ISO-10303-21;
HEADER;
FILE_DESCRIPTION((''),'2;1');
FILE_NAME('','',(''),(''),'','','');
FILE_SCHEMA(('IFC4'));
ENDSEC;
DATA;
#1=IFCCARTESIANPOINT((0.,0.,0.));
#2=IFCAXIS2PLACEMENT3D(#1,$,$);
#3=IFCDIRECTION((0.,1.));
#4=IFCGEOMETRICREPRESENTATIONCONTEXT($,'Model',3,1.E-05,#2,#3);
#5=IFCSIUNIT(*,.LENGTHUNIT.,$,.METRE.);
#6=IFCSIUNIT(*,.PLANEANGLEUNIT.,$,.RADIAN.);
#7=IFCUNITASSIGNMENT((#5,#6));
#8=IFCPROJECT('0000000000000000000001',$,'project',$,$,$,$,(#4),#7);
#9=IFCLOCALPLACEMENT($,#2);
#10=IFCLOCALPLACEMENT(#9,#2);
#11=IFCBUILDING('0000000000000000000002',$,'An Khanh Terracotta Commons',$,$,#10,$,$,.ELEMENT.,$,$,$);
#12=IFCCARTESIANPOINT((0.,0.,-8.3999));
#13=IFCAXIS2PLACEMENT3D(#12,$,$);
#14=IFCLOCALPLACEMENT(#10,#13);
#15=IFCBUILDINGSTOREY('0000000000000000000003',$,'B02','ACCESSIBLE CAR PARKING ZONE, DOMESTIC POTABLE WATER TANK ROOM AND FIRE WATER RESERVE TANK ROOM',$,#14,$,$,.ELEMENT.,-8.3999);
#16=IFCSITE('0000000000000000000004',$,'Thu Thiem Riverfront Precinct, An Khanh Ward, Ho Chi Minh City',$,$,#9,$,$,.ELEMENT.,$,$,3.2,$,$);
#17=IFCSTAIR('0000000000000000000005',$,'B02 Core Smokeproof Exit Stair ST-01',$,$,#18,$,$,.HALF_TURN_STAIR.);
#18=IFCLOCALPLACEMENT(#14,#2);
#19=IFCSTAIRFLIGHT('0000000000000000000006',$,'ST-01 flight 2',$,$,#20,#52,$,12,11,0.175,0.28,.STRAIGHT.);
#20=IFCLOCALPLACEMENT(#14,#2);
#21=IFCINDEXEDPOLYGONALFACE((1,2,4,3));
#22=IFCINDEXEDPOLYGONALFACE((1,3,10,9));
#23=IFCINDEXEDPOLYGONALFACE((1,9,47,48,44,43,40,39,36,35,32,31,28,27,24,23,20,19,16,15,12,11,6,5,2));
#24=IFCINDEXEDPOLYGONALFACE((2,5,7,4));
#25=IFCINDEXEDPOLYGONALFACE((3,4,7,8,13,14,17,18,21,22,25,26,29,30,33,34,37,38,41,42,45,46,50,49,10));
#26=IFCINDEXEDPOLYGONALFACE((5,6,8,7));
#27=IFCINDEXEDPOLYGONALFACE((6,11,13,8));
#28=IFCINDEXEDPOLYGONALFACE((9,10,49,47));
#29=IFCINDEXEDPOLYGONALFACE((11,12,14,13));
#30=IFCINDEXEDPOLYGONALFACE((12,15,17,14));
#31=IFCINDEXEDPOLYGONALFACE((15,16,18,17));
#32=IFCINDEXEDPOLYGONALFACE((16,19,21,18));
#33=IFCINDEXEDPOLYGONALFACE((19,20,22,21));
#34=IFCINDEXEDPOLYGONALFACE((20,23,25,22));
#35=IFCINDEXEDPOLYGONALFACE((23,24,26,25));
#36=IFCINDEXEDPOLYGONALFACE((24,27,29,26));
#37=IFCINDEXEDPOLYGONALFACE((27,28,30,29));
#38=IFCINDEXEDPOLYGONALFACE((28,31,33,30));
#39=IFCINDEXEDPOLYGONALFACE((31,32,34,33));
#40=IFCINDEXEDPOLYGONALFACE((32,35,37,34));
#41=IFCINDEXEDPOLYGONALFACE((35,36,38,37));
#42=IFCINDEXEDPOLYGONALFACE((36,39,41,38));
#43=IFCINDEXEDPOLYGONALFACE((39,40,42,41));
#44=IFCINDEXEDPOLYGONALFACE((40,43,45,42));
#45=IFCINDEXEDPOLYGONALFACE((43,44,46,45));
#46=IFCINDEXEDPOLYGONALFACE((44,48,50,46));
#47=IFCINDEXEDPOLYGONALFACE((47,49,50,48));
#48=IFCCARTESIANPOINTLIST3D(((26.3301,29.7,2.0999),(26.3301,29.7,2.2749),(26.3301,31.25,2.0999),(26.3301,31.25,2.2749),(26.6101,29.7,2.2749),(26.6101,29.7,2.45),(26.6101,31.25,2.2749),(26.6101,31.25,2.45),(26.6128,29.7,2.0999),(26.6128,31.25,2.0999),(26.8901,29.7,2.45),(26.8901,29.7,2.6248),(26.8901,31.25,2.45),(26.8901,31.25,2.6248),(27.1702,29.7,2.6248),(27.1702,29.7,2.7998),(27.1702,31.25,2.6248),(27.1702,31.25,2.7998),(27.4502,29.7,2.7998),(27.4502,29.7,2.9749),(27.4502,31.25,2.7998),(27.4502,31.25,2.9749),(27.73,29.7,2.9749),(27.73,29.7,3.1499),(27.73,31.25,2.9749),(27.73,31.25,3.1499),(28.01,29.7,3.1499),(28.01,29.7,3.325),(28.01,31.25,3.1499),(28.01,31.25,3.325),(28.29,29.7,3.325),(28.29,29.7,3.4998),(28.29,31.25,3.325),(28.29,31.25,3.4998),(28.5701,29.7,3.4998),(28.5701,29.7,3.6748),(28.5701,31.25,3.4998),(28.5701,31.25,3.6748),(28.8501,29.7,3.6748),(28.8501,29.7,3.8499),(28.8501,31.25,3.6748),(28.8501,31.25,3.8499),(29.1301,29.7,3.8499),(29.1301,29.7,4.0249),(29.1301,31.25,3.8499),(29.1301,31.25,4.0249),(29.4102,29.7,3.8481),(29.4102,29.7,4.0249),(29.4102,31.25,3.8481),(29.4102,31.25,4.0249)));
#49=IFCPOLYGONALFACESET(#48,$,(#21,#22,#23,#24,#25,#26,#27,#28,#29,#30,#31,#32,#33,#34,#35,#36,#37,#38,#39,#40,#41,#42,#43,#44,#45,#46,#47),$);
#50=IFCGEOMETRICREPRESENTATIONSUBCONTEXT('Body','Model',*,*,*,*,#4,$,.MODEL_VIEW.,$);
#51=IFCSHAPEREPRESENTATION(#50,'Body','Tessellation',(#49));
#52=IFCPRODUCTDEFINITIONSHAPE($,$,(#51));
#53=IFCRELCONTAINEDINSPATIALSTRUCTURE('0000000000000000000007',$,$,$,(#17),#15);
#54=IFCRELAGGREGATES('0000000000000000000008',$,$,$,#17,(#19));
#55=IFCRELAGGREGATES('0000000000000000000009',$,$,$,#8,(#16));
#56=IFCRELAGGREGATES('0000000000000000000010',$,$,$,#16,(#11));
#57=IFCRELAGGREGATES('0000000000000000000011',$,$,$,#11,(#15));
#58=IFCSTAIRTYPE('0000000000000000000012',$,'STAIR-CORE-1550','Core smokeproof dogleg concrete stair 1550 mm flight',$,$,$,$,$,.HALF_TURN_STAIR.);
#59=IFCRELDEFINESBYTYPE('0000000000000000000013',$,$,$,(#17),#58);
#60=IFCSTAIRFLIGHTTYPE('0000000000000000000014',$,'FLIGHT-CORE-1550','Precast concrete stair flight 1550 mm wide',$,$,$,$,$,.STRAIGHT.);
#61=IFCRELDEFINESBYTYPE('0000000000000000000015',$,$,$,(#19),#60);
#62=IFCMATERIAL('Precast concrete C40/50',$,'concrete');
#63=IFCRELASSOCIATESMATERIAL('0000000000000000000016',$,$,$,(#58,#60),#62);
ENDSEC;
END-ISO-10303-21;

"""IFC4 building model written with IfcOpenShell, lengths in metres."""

from ifc_helpers import new_model, si_unit, direction, frame, origin, place, context, subcontext, project, spatial, polyline, outline, extrude, material, type_object, element, aggregate, save


model = new_model("IFC4")

# Units and contexts
model_context = context("Model", 3, precision=1e-05, world=origin(), true_north=direction((0.0, 1.0)))
body_context = subcontext(model_context, "Body", "Model", "MODEL_VIEW")
ifc_project = project(units=[si_unit("LENGTHUNIT", "METRE"), si_unit("PLANEANGLEUNIT", "RADIAN")], contexts=[model_context])

# Site, building, storey
site_placement = place(None, origin())
site = spatial("IfcSite", under=ifc_project, at=site_placement, Name="Thu Thiem Riverfront Precinct, An Khanh Ward, Ho Chi Minh City", CompositionType="ELEMENT", RefElevation=3.2)
building_placement = place(site_placement, origin())
building = spatial("IfcBuilding", under=site, at=building_placement, Name="An Khanh Terracotta Commons", CompositionType="ELEMENT")
storey_placement = place(building_placement, frame((0.0, 0.0, -8.3999)))
storey = spatial("IfcBuildingStorey", under=building, at=storey_placement, Name="B02", Description="ACCESSIBLE CAR PARKING ZONE, DOMESTIC POTABLE WATER TANK ROOM AND FIRE WATER RESERVE TANK ROOM", CompositionType="ELEMENT", Elevation=-8.3999)

# Stair, stair flight
ifc_material_1 = material(Name="Precast concrete C40/50", Category="concrete")
stair_type = type_object("IfcStairType", Name="STAIR-CORE-1550", Description="Core smokeproof dogleg concrete stair 1550 mm flight", PredefinedType="HALF_TURN_STAIR", material=ifc_material_1)
stair_placement = place(storey_placement, origin())
stair = element("IfcStair", 1, at=stair_placement, inside=storey, type_object=stair_type, Name="B02 Core Smokeproof Exit Stair ST-01", PredefinedType="HALF_TURN_STAIR")
stair_flight_type = type_object("IfcStairFlightType", Name="FLIGHT-CORE-1550", Description="Precast concrete stair flight 1550 mm wide", PredefinedType="STRAIGHT", material=ifc_material_1)
stair_flight_1_placement = place(storey_placement, frame((26.3301, 30.4751, 2.0999), z_axis=(0.0, 0.0, 1.0), x_axis=(1.0, 0.0, 0.0)))
stair_flight_1 = element("IfcStairFlight", 2, at=stair_flight_1_placement, type_object=stair_flight_type, Name="ST-01 flight 2", NumberOfRisers=12, NumberOfTreads=11, PredefinedType="STRAIGHT", RiserHeight=0.175, TreadLength=0.28, context=body_context, shape_type="SweptSolid", body=[
    extrude(outline(polyline([(0.0, 0.0), (0.0, 0.175), (0.28, 0.175), (0.28, 0.3501), (0.5601, 0.3501), (0.5601, 0.5249), (0.8401, 0.5249), (0.8401, 0.7), (1.1201, 0.7), (1.1201, 0.875), (1.3999, 0.875), (1.3999, 1.05), (1.6799, 1.05), (1.6799, 1.2251), (1.96, 1.2251), (1.96, 1.3999), (2.24, 1.3999), (2.24, 1.575), (2.52, 1.575), (2.52, 1.75), (2.8, 1.75), (2.8, 1.925), (3.0801, 1.925), (3.0801, 2.1001), (3.0801, 1.7483), (0.2827, 0.0), (0.0, 0.0)])), frame((0.0, 0.7749, 0.0), z_axis=(0.0, -1.0, 0.0), x_axis=(1.0, 0.0, 0.0)), (0.0, 0.0, 1.0), 1.55),
])
aggregate(stair, [stair_flight_1])

save(model, "model.ifc")
